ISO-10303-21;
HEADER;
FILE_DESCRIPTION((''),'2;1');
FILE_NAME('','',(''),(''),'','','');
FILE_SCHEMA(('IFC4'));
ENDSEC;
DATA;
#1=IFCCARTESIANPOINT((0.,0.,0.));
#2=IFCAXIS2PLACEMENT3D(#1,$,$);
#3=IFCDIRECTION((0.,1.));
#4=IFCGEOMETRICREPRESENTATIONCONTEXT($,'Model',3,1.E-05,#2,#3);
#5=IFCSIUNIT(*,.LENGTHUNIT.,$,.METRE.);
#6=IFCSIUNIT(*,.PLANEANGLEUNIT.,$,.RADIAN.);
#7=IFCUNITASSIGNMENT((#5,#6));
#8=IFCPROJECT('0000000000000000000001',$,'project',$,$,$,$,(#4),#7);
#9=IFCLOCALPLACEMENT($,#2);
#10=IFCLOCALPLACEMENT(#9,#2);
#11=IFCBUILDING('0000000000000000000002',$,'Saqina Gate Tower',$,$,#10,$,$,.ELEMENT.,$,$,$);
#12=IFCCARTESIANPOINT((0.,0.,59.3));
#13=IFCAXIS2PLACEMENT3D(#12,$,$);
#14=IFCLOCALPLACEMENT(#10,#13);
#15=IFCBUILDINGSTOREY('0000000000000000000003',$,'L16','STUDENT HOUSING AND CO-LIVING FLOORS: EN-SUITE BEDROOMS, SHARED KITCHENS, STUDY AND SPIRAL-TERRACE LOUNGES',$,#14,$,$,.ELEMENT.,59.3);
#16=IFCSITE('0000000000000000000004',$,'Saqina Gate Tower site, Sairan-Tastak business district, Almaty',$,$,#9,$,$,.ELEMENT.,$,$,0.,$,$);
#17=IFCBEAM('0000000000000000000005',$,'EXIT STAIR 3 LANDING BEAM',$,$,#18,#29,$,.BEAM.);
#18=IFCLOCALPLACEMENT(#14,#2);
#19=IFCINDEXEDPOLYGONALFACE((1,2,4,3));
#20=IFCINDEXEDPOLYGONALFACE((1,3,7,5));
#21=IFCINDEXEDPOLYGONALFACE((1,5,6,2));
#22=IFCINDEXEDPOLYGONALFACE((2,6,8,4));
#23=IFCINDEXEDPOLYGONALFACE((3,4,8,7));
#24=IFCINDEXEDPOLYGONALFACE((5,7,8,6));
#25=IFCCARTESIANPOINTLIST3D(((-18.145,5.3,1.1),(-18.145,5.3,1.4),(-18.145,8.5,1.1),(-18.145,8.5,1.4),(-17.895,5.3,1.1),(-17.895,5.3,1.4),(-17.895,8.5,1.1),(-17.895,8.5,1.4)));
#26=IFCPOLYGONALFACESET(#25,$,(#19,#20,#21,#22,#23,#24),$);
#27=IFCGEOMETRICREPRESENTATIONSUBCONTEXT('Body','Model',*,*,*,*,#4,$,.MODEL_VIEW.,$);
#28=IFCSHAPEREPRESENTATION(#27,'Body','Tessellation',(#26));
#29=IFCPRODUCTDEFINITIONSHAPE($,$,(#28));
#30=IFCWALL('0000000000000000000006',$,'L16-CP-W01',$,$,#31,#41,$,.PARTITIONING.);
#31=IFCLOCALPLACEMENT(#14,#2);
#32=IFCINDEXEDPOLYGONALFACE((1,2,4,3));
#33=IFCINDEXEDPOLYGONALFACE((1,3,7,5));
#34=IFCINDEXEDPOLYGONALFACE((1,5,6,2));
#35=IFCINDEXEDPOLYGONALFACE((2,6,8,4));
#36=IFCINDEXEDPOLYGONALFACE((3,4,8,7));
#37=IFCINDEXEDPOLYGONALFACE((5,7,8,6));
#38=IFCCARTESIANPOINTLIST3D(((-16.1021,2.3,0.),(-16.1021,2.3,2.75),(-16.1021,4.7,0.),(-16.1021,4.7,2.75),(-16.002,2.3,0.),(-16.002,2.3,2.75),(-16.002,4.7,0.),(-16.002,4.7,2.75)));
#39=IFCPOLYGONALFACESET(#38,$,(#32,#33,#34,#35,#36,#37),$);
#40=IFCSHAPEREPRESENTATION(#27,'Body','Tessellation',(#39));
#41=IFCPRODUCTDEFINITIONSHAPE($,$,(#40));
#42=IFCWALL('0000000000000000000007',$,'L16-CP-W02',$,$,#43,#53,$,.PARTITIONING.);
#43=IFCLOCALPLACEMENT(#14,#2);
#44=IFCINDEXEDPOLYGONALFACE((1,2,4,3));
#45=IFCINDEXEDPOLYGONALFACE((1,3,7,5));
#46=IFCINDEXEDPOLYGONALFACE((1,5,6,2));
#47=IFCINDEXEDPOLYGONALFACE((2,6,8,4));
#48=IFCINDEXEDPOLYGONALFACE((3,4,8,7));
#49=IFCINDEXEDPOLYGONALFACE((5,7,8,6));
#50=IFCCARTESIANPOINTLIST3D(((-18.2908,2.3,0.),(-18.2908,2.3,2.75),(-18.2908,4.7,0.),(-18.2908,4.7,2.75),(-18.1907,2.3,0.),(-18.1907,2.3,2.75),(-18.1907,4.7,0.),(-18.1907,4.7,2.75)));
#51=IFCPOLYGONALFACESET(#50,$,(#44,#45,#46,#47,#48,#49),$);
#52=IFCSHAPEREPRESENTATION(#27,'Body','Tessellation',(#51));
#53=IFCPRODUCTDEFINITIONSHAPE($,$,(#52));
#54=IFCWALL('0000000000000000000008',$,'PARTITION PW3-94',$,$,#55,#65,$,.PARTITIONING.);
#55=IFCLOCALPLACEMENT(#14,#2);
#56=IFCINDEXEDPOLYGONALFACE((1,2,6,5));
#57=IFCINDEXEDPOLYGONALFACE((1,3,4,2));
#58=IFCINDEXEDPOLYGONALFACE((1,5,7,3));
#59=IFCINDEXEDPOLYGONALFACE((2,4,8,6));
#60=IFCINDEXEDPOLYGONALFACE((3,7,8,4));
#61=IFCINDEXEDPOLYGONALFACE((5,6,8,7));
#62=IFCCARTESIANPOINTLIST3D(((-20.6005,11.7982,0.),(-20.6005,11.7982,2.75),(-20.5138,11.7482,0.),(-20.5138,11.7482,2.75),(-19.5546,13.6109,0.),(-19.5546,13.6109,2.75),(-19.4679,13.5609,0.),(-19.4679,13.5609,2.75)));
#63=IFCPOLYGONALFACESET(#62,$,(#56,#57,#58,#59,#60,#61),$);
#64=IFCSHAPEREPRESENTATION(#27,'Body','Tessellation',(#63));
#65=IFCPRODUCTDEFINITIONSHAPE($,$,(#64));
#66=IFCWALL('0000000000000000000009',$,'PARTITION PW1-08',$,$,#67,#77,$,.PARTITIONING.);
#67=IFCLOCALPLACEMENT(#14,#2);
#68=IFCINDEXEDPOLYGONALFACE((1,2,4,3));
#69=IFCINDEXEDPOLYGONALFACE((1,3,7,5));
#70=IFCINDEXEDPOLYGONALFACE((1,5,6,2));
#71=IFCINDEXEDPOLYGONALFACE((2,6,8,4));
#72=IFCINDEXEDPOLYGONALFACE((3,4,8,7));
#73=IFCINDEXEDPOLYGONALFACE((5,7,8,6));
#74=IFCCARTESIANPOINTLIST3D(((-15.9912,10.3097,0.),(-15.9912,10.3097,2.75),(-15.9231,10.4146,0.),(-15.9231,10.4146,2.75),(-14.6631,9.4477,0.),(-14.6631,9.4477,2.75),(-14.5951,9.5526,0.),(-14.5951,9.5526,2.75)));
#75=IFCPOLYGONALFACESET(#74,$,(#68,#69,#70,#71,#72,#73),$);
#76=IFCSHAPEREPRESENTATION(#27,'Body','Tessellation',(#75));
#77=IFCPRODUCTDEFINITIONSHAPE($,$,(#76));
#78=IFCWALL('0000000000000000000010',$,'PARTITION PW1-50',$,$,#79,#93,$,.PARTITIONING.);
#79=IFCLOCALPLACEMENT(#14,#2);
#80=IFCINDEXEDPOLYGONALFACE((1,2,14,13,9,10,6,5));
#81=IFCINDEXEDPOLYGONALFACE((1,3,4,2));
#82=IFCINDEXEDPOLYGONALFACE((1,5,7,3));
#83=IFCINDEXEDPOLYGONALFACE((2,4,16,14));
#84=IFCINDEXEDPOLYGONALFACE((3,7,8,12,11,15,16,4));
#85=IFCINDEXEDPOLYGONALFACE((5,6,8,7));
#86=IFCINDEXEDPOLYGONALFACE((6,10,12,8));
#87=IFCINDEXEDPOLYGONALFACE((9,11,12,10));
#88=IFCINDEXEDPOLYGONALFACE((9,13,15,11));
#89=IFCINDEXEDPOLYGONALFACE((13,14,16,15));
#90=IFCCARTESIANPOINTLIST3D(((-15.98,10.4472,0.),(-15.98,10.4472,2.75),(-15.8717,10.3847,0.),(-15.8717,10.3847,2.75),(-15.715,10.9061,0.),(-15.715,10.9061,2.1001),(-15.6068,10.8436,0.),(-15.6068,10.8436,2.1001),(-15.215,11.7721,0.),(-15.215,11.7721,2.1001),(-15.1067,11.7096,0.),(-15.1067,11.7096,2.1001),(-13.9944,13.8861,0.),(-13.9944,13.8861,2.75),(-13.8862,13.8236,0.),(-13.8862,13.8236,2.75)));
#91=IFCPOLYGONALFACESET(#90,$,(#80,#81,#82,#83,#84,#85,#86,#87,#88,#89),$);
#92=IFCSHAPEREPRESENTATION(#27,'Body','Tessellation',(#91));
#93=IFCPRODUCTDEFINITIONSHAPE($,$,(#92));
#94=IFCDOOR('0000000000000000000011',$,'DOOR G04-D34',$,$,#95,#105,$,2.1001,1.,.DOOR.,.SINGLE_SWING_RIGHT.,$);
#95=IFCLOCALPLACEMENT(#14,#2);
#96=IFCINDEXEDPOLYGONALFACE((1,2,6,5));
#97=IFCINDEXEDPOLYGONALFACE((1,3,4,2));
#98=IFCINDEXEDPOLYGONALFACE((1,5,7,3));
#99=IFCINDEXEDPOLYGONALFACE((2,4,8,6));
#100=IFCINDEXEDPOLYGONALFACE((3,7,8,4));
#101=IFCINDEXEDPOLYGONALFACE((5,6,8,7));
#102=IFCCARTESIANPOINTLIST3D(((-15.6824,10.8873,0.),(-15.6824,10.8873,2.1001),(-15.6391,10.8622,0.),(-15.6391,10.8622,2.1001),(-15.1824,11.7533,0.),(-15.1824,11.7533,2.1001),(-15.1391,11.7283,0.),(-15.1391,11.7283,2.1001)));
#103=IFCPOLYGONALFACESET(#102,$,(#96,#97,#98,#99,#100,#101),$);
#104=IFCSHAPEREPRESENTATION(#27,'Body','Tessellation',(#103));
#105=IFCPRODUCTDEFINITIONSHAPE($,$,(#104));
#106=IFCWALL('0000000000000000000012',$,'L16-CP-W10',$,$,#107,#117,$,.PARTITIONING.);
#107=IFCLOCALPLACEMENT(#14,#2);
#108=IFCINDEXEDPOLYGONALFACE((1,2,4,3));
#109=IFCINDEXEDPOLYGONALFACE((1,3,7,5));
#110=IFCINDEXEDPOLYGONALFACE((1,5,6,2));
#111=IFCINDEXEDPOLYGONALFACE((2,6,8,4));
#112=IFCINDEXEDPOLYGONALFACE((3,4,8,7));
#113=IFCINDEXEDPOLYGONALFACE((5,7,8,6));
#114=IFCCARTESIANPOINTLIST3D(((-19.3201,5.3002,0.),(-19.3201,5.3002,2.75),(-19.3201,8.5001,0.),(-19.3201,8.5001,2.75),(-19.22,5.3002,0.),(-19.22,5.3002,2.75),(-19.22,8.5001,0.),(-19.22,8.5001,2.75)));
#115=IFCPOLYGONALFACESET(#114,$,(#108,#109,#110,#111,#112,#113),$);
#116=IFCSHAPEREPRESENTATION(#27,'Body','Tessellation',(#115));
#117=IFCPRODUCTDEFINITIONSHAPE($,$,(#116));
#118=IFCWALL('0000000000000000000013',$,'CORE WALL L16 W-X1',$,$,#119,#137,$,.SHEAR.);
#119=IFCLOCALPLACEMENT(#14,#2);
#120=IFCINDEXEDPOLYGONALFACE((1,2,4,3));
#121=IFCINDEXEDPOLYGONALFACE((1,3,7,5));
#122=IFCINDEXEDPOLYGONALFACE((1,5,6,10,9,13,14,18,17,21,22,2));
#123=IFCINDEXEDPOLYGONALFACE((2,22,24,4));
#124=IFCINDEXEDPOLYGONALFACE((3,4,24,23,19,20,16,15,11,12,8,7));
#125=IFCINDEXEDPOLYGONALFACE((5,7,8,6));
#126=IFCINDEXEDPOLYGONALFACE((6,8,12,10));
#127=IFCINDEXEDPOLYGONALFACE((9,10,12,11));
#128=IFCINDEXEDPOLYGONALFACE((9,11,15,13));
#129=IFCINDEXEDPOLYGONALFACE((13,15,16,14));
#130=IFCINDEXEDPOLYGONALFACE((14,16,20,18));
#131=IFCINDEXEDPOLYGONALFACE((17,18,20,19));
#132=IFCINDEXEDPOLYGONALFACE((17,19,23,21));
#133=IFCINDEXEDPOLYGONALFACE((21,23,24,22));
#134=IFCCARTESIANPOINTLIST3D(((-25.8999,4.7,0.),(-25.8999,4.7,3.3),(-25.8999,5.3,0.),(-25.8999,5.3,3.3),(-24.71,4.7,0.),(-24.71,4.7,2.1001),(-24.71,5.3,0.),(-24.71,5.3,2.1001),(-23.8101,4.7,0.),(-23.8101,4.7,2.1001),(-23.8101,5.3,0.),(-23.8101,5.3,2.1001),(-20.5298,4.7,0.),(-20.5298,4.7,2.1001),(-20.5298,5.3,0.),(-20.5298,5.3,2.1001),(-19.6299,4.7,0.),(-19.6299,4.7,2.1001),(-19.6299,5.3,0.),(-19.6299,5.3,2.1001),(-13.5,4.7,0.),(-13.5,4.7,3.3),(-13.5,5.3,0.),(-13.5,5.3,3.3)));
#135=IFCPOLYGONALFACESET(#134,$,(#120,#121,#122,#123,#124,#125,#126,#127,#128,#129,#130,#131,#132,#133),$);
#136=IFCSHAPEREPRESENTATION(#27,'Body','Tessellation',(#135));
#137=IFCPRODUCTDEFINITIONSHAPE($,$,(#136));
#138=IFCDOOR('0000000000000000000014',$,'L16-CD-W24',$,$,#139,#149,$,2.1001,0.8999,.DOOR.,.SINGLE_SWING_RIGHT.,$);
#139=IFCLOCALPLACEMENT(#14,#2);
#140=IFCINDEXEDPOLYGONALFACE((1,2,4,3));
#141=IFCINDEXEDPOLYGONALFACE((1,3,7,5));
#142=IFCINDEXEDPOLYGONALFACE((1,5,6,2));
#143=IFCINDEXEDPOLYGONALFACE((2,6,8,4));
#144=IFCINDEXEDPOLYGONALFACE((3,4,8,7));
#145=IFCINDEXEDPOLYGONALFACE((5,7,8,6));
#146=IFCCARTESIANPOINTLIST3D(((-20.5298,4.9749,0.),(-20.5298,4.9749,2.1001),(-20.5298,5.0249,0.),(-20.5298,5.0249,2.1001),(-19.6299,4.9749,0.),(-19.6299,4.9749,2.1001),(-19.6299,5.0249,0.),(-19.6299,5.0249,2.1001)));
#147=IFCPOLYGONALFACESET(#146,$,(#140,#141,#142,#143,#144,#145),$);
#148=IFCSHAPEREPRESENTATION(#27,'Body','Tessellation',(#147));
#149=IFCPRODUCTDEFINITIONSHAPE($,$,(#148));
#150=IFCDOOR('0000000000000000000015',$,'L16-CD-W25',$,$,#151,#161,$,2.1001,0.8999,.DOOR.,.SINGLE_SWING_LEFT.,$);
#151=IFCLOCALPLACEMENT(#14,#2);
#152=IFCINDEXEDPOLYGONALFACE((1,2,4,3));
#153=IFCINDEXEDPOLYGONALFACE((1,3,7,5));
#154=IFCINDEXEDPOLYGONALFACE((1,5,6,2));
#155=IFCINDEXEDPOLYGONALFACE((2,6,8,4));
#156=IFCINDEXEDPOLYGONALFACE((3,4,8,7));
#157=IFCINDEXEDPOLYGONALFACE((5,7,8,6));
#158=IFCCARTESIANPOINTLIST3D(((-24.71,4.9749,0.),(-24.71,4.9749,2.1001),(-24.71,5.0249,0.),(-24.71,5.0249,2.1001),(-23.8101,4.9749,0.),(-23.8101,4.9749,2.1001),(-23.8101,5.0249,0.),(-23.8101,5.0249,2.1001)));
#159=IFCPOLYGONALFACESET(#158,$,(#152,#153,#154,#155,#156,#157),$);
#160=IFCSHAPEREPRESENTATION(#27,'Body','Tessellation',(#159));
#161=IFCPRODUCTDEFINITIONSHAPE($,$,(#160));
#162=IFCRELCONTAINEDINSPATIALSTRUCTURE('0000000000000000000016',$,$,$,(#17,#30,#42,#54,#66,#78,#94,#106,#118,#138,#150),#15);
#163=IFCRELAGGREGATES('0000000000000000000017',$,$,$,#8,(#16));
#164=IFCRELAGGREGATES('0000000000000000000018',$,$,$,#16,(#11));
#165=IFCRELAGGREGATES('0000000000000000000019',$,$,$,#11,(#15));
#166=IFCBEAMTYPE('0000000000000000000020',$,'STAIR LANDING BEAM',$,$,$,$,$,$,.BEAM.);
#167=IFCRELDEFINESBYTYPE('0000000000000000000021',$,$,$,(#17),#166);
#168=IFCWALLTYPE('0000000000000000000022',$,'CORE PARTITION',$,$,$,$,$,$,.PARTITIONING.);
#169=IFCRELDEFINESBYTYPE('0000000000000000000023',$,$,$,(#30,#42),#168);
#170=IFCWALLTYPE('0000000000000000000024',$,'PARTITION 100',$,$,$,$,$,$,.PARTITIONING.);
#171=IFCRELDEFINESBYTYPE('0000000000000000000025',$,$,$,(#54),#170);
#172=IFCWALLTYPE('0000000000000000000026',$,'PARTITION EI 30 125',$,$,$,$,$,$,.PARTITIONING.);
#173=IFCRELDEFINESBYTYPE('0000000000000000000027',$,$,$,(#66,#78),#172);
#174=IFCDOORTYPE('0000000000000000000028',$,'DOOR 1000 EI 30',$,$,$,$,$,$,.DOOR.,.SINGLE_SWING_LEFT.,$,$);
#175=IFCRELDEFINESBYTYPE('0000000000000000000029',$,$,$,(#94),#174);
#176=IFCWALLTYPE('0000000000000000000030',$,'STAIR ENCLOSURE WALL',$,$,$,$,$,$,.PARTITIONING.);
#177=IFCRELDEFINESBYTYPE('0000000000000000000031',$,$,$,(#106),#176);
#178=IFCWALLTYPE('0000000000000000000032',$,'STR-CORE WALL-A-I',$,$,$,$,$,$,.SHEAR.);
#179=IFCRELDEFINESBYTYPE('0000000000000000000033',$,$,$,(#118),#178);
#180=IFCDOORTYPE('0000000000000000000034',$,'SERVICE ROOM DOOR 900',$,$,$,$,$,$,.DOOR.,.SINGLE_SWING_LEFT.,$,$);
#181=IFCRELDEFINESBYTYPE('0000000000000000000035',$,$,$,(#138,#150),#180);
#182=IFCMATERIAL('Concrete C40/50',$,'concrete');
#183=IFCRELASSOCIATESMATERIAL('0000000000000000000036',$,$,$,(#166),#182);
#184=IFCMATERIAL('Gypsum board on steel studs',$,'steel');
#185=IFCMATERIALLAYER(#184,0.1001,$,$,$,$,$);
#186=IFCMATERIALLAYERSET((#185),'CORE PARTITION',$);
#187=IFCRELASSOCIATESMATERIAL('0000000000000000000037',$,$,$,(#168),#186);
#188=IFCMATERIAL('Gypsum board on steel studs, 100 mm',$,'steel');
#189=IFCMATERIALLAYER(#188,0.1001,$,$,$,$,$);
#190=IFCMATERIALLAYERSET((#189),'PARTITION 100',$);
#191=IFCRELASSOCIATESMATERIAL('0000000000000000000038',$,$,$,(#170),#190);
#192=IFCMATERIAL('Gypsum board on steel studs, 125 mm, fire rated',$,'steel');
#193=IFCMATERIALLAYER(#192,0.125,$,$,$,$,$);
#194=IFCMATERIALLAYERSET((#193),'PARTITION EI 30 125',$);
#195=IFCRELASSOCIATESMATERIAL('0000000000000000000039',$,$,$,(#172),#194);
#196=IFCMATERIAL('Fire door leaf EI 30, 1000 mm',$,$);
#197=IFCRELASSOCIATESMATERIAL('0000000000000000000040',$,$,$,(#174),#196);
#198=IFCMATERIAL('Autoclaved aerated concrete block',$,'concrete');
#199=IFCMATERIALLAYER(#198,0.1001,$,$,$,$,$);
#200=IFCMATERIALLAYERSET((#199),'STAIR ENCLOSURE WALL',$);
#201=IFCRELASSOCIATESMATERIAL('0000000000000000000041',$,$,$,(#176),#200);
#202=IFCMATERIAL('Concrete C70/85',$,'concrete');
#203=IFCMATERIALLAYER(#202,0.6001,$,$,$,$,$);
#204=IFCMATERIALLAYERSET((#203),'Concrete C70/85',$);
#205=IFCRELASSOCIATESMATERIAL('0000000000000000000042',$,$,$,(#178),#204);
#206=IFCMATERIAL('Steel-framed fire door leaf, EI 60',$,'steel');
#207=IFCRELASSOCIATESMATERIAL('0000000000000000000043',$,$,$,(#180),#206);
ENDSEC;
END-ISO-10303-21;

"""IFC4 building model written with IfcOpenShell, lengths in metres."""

from ifc_helpers import new_model, si_unit, direction, frame, frame_2d, origin, origin_2d, place, context, subcontext, project, spatial, rectangle, extrude, material, layer, layer_set, material_profile, profile_set, type_object, element, fill, save


model = new_model("IFC4")

# Units and contexts
model_context = context("Model", 3, precision=1e-05, world=origin(), true_north=direction((0.0, 1.0)))
body_context = subcontext(model_context, "Body", "Model", "MODEL_VIEW")
ifc_project = project(units=[si_unit("LENGTHUNIT", "METRE"), si_unit("PLANEANGLEUNIT", "RADIAN")], contexts=[model_context])

# Site, building, storey
site_placement = place(None, origin())
site = spatial("IfcSite", under=ifc_project, at=site_placement, Name="Saqina Gate Tower site, Sairan-Tastak business district, Almaty", CompositionType="ELEMENT", RefElevation=0.0)
building_placement = place(site_placement, origin())
building = spatial("IfcBuilding", under=site, at=building_placement, Name="Saqina Gate Tower", CompositionType="ELEMENT")
storey_placement = place(building_placement, frame((0.0, 0.0, 59.3)))
storey = spatial("IfcBuildingStorey", under=building, at=storey_placement, Name="L16", Description="STUDENT HOUSING AND CO-LIVING FLOORS: EN-SUITE BEDROOMS, SHARED KITCHENS, STUDY AND SPIRAL-TERRACE LOUNGES", CompositionType="ELEMENT", Elevation=59.3)

# Beam
ifc_material_1 = material(Name="Concrete C40/50", Category="concrete")
ifc_material_profile = material_profile(ifc_material_1, rectangle(XDim=0.25, YDim=0.3, at=origin_2d()), Name="STAIR LANDING BEAM")
ifc_profile_set = profile_set([ifc_material_profile], Name="Concrete C40/50")
beam_type = type_object("IfcBeamType", Name="STAIR LANDING BEAM", PredefinedType="BEAM", material=ifc_profile_set)
beam_placement = place(storey_placement, frame((-18.02, 5.3, 1.25), z_axis=(0.0, 1.0, 0.0), x_axis=(-1.0, 0.0, 0.0)))
element("IfcBeam", 1, at=beam_placement, inside=storey, type_object=beam_type, Name="EXIT STAIR 3 LANDING BEAM", PredefinedType="BEAM", context=body_context, shape_type="SweptSolid", body=[
    extrude(rectangle(XDim=0.25, YDim=0.3, at=origin_2d()), origin(), (0.0, 0.0, 1.0), 3.2),
])

# Walls
ifc_material_2 = material(Name="Gypsum board on steel studs", Category="steel")
ifc_layer_1 = layer(ifc_material_2, 0.1001)
ifc_layer_set_1 = layer_set([ifc_layer_1], Name="CORE PARTITION")
wall_type_1 = type_object("IfcWallType", Name="CORE PARTITION", PredefinedType="PARTITIONING", material=ifc_layer_set_1)
for number, where, z_axis, x_axis, name in (
    (2, (-16.052, 2.3, 0.0), (0.0, 0.0, 1.0), (0.0, 1.0, 0.0), "L16-CP-W01"),
    (3, (-18.2407, 2.3, 0.0), (0.0, 0.0, 1.0), (0.0, 1.0, 0.0), "L16-CP-W02"),
):
    element("IfcWall", number, at=place(storey_placement, frame(where, z_axis=z_axis, x_axis=x_axis)), inside=storey, type_object=wall_type_1, Name=name, PredefinedType="PARTITIONING", context=body_context, shape_type="SweptSolid", body=[
        extrude(rectangle(XDim=2.3999, YDim=0.1001, at=frame_2d((1.2, 0.0))), origin(), (0.0, 0.0, 1.0), 2.75),
    ])
ifc_material_3 = material(Name="Gypsum board on steel studs, 100 mm", Category="steel")
ifc_layer_2 = layer(ifc_material_3, 0.1001)
ifc_layer_set_2 = layer_set([ifc_layer_2], Name="PARTITION 100")
wall_type_2 = type_object("IfcWallType", Name="PARTITION 100", PredefinedType="PARTITIONING", material=ifc_layer_set_2)
wall_1_placement = place(storey_placement, frame((-20.5571, 11.7732, 0.0), z_axis=(0.0, 0.0, 1.0), x_axis=(0.499753, 0.866168, 0.0)))
element("IfcWall", 4, at=wall_1_placement, inside=storey, type_object=wall_type_2, Name="PARTITION PW3-94", PredefinedType="PARTITIONING", context=body_context, shape_type="SweptSolid", body=[
    extrude(rectangle(XDim=2.0928, YDim=0.1001, at=frame_2d((1.0464, 0.0))), origin(), (0.0, 0.0, 1.0), 2.75),
])
ifc_material_4 = material(Name="Gypsum board on steel studs, 125 mm, fire rated", Category="steel")
ifc_layer_3 = layer(ifc_material_4, 0.125)
ifc_layer_set_3 = layer_set([ifc_layer_3], Name="PARTITION EI 30 125")
wall_type_3 = type_object("IfcWallType", Name="PARTITION EI 30 125", PredefinedType="PARTITIONING", material=ifc_layer_set_3)
wall_2_placement = place(storey_placement, frame((-15.957, 10.3621, 0.0), z_axis=(0.0, 0.0, 1.0), x_axis=(0.838796, -0.544446, 0.0)))
element("IfcWall", 5, at=wall_2_placement, inside=storey, type_object=wall_type_3, Name="PARTITION PW1-08", PredefinedType="PARTITIONING", context=body_context, shape_type="SweptSolid", body=[
    extrude(rectangle(XDim=1.5833, YDim=0.125, at=frame_2d((0.7915, 0.0))), origin(), (0.0, 0.0, 1.0), 2.75),
])

# Wall, opening, door
wall_3_placement = place(storey_placement, frame((-15.9258, 10.416, 0.0), z_axis=(0.0, 0.0, 1.0), x_axis=(0.50002, 0.866014, 0.0)))
wall_3 = element("IfcWall", 6, at=wall_3_placement, inside=storey, type_object=wall_type_3, Name="PARTITION PW1-50", PredefinedType="PARTITIONING", context=body_context, shape_type="SweptSolid", body=[
    extrude(rectangle(XDim=3.9709, YDim=0.125, at=frame_2d((1.9854, 0.0))), origin(), (0.0, 0.0, 1.0), 2.75),
])
opening_1_placement = place(wall_3_placement, frame((0.5298, 0.0, 0.0)))
opening_1 = element("IfcOpeningElement", 7, at=opening_1_placement, cuts=wall_3, PredefinedType="OPENING", context=body_context, shape_type="SweptSolid", body=[
    extrude(rectangle(XDim=1.0, YDim=2.1001, at=frame_2d((0.5, 1.05))), frame((0.0, 0.0745, 0.0), z_axis=(0.0, -1.0, 0.0), x_axis=(1.0, 0.0, 0.0)), (0.0, 0.0, 1.0), 0.1489),
])
ifc_material_5 = material(Name="Fire door leaf EI 30, 1000 mm")
door_type_1 = type_object("IfcDoorType", Name="DOOR 1000 EI 30", OperationType="SINGLE_SWING_LEFT", PredefinedType="DOOR", material=ifc_material_5)
door_1_placement = place(opening_1_placement, origin())
door_1 = element("IfcDoor", 8, at=door_1_placement, inside=storey, type_object=door_type_1, Name="DOOR G04-D34", OperationType="SINGLE_SWING_RIGHT", OverallHeight=2.1001, OverallWidth=1.0, PredefinedType="DOOR", context=body_context, shape_type="SweptSolid", body=[
    extrude(rectangle(XDim=1.0, YDim=2.1001, at=frame_2d((0.5, 1.05))), frame((0.0, 0.0249, 0.0), z_axis=(0.0, -1.0, 0.0), x_axis=(1.0, 0.0, 0.0)), (0.0, 0.0, 1.0), 0.05),
])
fill(opening_1, door_1)

# Wall
ifc_material_6 = material(Name="Autoclaved aerated concrete block", Category="concrete")
ifc_layer_4 = layer(ifc_material_6, 0.1001)
ifc_layer_set_4 = layer_set([ifc_layer_4], Name="STAIR ENCLOSURE WALL")
wall_type_4 = type_object("IfcWallType", Name="STAIR ENCLOSURE WALL", PredefinedType="PARTITIONING", material=ifc_layer_set_4)
wall_4_placement = place(storey_placement, frame((-19.27, 5.3, 0.0), z_axis=(0.0, 0.0, 1.0), x_axis=(0.0, 1.0, 0.0)))
element("IfcWall", 9, at=wall_4_placement, inside=storey, type_object=wall_type_4, Name="L16-CP-W10", PredefinedType="PARTITIONING", context=body_context, shape_type="SweptSolid", body=[
    extrude(rectangle(XDim=3.2, YDim=0.1001, at=frame_2d((1.6001, 0.0))), origin(), (0.0, 0.0, 1.0), 2.75),
])

# Wall, openings, doors
ifc_material_7 = material(Name="Concrete C70/85", Category="concrete")
ifc_layer_5 = layer(ifc_material_7, 0.6001)
ifc_layer_set_5 = layer_set([ifc_layer_5], Name="Concrete C70/85")
wall_type_5 = type_object("IfcWallType", Name="STR-CORE WALL-A-I", PredefinedType="SHEAR", material=ifc_layer_set_5)
wall_5_placement = place(storey_placement, frame((-13.5, 5.0, 0.0), z_axis=(0.0, 0.0, 1.0), x_axis=(-1.0, 0.0, 0.0)))
wall_5 = element("IfcWall", 10, at=wall_5_placement, inside=storey, type_object=wall_type_5, Name="CORE WALL L16 W-X1", PredefinedType="SHEAR", context=body_context, shape_type="SweptSolid", body=[
    extrude(rectangle(XDim=12.3999, YDim=0.6001, at=frame_2d((6.2, 0.0))), origin(), (0.0, 0.0, 1.0), 3.3),
])
opening_2_placement = place(wall_5_placement, frame((6.1299, 0.0, 0.0)))
opening_2 = element("IfcOpeningElement", 11, at=opening_2_placement, cuts=wall_5, PredefinedType="OPENING", context=body_context, shape_type="SweptSolid", body=[
    extrude(rectangle(XDim=0.8999, YDim=2.1001, at=frame_2d((0.45, 1.05))), frame((0.0, 0.312, 0.0), z_axis=(0.0, -1.0, 0.0), x_axis=(1.0, 0.0, 0.0)), (0.0, 0.0, 1.0), 0.624),
])
opening_3_placement = place(wall_5_placement, frame((10.3101, 0.0, 0.0)))
opening_3 = element("IfcOpeningElement", 12, at=opening_3_placement, cuts=wall_5, PredefinedType="OPENING", context=body_context, shape_type="SweptSolid", body=[
    extrude(rectangle(XDim=0.8999, YDim=2.1001, at=frame_2d((0.45, 1.05))), frame((0.0, 0.312, 0.0), z_axis=(0.0, -1.0, 0.0), x_axis=(1.0, 0.0, 0.0)), (0.0, 0.0, 1.0), 0.624),
])
ifc_material_8 = material(Name="Steel-framed fire door leaf, EI 60", Category="steel")
door_type_2 = type_object("IfcDoorType", Name="SERVICE ROOM DOOR 900", OperationType="SINGLE_SWING_LEFT", PredefinedType="DOOR", material=ifc_material_8)
door_2_placement = place(opening_2_placement, frame((0.8999, 0.0, 0.0), z_axis=(0.0, 0.0, 1.0), x_axis=(-1.0, 0.0, 0.0)))
door_2 = element("IfcDoor", 13, at=door_2_placement, inside=storey, type_object=door_type_2, Name="L16-CD-W24", OperationType="SINGLE_SWING_RIGHT", OverallHeight=2.1001, OverallWidth=0.8999, PredefinedType="DOOR", context=body_context, shape_type="SweptSolid", body=[
    extrude(rectangle(XDim=0.8999, YDim=2.1001, at=frame_2d((0.45, 1.05))), frame((0.0, 0.0249, 0.0), z_axis=(0.0, -1.0, 0.0), x_axis=(1.0, 0.0, 0.0)), (0.0, 0.0, 1.0), 0.05),
])
fill(opening_2, door_2)
door_3_placement = place(opening_3_placement, frame((0.8999, 0.0, 0.0), z_axis=(0.0, 0.0, 1.0), x_axis=(-1.0, 0.0, 0.0)))
door_3 = element("IfcDoor", 14, at=door_3_placement, inside=storey, type_object=door_type_2, Name="L16-CD-W25", OperationType="SINGLE_SWING_LEFT", OverallHeight=2.1001, OverallWidth=0.8999, PredefinedType="DOOR", context=body_context, shape_type="SweptSolid", body=[
    extrude(rectangle(XDim=0.8999, YDim=2.1001, at=frame_2d((0.45, 1.05))), frame((0.0, 0.0249, 0.0), z_axis=(0.0, -1.0, 0.0), x_axis=(1.0, 0.0, 0.0)), (0.0, 0.0, 1.0), 0.05),
])
fill(opening_3, door_3)

save(model, "model.ifc")
